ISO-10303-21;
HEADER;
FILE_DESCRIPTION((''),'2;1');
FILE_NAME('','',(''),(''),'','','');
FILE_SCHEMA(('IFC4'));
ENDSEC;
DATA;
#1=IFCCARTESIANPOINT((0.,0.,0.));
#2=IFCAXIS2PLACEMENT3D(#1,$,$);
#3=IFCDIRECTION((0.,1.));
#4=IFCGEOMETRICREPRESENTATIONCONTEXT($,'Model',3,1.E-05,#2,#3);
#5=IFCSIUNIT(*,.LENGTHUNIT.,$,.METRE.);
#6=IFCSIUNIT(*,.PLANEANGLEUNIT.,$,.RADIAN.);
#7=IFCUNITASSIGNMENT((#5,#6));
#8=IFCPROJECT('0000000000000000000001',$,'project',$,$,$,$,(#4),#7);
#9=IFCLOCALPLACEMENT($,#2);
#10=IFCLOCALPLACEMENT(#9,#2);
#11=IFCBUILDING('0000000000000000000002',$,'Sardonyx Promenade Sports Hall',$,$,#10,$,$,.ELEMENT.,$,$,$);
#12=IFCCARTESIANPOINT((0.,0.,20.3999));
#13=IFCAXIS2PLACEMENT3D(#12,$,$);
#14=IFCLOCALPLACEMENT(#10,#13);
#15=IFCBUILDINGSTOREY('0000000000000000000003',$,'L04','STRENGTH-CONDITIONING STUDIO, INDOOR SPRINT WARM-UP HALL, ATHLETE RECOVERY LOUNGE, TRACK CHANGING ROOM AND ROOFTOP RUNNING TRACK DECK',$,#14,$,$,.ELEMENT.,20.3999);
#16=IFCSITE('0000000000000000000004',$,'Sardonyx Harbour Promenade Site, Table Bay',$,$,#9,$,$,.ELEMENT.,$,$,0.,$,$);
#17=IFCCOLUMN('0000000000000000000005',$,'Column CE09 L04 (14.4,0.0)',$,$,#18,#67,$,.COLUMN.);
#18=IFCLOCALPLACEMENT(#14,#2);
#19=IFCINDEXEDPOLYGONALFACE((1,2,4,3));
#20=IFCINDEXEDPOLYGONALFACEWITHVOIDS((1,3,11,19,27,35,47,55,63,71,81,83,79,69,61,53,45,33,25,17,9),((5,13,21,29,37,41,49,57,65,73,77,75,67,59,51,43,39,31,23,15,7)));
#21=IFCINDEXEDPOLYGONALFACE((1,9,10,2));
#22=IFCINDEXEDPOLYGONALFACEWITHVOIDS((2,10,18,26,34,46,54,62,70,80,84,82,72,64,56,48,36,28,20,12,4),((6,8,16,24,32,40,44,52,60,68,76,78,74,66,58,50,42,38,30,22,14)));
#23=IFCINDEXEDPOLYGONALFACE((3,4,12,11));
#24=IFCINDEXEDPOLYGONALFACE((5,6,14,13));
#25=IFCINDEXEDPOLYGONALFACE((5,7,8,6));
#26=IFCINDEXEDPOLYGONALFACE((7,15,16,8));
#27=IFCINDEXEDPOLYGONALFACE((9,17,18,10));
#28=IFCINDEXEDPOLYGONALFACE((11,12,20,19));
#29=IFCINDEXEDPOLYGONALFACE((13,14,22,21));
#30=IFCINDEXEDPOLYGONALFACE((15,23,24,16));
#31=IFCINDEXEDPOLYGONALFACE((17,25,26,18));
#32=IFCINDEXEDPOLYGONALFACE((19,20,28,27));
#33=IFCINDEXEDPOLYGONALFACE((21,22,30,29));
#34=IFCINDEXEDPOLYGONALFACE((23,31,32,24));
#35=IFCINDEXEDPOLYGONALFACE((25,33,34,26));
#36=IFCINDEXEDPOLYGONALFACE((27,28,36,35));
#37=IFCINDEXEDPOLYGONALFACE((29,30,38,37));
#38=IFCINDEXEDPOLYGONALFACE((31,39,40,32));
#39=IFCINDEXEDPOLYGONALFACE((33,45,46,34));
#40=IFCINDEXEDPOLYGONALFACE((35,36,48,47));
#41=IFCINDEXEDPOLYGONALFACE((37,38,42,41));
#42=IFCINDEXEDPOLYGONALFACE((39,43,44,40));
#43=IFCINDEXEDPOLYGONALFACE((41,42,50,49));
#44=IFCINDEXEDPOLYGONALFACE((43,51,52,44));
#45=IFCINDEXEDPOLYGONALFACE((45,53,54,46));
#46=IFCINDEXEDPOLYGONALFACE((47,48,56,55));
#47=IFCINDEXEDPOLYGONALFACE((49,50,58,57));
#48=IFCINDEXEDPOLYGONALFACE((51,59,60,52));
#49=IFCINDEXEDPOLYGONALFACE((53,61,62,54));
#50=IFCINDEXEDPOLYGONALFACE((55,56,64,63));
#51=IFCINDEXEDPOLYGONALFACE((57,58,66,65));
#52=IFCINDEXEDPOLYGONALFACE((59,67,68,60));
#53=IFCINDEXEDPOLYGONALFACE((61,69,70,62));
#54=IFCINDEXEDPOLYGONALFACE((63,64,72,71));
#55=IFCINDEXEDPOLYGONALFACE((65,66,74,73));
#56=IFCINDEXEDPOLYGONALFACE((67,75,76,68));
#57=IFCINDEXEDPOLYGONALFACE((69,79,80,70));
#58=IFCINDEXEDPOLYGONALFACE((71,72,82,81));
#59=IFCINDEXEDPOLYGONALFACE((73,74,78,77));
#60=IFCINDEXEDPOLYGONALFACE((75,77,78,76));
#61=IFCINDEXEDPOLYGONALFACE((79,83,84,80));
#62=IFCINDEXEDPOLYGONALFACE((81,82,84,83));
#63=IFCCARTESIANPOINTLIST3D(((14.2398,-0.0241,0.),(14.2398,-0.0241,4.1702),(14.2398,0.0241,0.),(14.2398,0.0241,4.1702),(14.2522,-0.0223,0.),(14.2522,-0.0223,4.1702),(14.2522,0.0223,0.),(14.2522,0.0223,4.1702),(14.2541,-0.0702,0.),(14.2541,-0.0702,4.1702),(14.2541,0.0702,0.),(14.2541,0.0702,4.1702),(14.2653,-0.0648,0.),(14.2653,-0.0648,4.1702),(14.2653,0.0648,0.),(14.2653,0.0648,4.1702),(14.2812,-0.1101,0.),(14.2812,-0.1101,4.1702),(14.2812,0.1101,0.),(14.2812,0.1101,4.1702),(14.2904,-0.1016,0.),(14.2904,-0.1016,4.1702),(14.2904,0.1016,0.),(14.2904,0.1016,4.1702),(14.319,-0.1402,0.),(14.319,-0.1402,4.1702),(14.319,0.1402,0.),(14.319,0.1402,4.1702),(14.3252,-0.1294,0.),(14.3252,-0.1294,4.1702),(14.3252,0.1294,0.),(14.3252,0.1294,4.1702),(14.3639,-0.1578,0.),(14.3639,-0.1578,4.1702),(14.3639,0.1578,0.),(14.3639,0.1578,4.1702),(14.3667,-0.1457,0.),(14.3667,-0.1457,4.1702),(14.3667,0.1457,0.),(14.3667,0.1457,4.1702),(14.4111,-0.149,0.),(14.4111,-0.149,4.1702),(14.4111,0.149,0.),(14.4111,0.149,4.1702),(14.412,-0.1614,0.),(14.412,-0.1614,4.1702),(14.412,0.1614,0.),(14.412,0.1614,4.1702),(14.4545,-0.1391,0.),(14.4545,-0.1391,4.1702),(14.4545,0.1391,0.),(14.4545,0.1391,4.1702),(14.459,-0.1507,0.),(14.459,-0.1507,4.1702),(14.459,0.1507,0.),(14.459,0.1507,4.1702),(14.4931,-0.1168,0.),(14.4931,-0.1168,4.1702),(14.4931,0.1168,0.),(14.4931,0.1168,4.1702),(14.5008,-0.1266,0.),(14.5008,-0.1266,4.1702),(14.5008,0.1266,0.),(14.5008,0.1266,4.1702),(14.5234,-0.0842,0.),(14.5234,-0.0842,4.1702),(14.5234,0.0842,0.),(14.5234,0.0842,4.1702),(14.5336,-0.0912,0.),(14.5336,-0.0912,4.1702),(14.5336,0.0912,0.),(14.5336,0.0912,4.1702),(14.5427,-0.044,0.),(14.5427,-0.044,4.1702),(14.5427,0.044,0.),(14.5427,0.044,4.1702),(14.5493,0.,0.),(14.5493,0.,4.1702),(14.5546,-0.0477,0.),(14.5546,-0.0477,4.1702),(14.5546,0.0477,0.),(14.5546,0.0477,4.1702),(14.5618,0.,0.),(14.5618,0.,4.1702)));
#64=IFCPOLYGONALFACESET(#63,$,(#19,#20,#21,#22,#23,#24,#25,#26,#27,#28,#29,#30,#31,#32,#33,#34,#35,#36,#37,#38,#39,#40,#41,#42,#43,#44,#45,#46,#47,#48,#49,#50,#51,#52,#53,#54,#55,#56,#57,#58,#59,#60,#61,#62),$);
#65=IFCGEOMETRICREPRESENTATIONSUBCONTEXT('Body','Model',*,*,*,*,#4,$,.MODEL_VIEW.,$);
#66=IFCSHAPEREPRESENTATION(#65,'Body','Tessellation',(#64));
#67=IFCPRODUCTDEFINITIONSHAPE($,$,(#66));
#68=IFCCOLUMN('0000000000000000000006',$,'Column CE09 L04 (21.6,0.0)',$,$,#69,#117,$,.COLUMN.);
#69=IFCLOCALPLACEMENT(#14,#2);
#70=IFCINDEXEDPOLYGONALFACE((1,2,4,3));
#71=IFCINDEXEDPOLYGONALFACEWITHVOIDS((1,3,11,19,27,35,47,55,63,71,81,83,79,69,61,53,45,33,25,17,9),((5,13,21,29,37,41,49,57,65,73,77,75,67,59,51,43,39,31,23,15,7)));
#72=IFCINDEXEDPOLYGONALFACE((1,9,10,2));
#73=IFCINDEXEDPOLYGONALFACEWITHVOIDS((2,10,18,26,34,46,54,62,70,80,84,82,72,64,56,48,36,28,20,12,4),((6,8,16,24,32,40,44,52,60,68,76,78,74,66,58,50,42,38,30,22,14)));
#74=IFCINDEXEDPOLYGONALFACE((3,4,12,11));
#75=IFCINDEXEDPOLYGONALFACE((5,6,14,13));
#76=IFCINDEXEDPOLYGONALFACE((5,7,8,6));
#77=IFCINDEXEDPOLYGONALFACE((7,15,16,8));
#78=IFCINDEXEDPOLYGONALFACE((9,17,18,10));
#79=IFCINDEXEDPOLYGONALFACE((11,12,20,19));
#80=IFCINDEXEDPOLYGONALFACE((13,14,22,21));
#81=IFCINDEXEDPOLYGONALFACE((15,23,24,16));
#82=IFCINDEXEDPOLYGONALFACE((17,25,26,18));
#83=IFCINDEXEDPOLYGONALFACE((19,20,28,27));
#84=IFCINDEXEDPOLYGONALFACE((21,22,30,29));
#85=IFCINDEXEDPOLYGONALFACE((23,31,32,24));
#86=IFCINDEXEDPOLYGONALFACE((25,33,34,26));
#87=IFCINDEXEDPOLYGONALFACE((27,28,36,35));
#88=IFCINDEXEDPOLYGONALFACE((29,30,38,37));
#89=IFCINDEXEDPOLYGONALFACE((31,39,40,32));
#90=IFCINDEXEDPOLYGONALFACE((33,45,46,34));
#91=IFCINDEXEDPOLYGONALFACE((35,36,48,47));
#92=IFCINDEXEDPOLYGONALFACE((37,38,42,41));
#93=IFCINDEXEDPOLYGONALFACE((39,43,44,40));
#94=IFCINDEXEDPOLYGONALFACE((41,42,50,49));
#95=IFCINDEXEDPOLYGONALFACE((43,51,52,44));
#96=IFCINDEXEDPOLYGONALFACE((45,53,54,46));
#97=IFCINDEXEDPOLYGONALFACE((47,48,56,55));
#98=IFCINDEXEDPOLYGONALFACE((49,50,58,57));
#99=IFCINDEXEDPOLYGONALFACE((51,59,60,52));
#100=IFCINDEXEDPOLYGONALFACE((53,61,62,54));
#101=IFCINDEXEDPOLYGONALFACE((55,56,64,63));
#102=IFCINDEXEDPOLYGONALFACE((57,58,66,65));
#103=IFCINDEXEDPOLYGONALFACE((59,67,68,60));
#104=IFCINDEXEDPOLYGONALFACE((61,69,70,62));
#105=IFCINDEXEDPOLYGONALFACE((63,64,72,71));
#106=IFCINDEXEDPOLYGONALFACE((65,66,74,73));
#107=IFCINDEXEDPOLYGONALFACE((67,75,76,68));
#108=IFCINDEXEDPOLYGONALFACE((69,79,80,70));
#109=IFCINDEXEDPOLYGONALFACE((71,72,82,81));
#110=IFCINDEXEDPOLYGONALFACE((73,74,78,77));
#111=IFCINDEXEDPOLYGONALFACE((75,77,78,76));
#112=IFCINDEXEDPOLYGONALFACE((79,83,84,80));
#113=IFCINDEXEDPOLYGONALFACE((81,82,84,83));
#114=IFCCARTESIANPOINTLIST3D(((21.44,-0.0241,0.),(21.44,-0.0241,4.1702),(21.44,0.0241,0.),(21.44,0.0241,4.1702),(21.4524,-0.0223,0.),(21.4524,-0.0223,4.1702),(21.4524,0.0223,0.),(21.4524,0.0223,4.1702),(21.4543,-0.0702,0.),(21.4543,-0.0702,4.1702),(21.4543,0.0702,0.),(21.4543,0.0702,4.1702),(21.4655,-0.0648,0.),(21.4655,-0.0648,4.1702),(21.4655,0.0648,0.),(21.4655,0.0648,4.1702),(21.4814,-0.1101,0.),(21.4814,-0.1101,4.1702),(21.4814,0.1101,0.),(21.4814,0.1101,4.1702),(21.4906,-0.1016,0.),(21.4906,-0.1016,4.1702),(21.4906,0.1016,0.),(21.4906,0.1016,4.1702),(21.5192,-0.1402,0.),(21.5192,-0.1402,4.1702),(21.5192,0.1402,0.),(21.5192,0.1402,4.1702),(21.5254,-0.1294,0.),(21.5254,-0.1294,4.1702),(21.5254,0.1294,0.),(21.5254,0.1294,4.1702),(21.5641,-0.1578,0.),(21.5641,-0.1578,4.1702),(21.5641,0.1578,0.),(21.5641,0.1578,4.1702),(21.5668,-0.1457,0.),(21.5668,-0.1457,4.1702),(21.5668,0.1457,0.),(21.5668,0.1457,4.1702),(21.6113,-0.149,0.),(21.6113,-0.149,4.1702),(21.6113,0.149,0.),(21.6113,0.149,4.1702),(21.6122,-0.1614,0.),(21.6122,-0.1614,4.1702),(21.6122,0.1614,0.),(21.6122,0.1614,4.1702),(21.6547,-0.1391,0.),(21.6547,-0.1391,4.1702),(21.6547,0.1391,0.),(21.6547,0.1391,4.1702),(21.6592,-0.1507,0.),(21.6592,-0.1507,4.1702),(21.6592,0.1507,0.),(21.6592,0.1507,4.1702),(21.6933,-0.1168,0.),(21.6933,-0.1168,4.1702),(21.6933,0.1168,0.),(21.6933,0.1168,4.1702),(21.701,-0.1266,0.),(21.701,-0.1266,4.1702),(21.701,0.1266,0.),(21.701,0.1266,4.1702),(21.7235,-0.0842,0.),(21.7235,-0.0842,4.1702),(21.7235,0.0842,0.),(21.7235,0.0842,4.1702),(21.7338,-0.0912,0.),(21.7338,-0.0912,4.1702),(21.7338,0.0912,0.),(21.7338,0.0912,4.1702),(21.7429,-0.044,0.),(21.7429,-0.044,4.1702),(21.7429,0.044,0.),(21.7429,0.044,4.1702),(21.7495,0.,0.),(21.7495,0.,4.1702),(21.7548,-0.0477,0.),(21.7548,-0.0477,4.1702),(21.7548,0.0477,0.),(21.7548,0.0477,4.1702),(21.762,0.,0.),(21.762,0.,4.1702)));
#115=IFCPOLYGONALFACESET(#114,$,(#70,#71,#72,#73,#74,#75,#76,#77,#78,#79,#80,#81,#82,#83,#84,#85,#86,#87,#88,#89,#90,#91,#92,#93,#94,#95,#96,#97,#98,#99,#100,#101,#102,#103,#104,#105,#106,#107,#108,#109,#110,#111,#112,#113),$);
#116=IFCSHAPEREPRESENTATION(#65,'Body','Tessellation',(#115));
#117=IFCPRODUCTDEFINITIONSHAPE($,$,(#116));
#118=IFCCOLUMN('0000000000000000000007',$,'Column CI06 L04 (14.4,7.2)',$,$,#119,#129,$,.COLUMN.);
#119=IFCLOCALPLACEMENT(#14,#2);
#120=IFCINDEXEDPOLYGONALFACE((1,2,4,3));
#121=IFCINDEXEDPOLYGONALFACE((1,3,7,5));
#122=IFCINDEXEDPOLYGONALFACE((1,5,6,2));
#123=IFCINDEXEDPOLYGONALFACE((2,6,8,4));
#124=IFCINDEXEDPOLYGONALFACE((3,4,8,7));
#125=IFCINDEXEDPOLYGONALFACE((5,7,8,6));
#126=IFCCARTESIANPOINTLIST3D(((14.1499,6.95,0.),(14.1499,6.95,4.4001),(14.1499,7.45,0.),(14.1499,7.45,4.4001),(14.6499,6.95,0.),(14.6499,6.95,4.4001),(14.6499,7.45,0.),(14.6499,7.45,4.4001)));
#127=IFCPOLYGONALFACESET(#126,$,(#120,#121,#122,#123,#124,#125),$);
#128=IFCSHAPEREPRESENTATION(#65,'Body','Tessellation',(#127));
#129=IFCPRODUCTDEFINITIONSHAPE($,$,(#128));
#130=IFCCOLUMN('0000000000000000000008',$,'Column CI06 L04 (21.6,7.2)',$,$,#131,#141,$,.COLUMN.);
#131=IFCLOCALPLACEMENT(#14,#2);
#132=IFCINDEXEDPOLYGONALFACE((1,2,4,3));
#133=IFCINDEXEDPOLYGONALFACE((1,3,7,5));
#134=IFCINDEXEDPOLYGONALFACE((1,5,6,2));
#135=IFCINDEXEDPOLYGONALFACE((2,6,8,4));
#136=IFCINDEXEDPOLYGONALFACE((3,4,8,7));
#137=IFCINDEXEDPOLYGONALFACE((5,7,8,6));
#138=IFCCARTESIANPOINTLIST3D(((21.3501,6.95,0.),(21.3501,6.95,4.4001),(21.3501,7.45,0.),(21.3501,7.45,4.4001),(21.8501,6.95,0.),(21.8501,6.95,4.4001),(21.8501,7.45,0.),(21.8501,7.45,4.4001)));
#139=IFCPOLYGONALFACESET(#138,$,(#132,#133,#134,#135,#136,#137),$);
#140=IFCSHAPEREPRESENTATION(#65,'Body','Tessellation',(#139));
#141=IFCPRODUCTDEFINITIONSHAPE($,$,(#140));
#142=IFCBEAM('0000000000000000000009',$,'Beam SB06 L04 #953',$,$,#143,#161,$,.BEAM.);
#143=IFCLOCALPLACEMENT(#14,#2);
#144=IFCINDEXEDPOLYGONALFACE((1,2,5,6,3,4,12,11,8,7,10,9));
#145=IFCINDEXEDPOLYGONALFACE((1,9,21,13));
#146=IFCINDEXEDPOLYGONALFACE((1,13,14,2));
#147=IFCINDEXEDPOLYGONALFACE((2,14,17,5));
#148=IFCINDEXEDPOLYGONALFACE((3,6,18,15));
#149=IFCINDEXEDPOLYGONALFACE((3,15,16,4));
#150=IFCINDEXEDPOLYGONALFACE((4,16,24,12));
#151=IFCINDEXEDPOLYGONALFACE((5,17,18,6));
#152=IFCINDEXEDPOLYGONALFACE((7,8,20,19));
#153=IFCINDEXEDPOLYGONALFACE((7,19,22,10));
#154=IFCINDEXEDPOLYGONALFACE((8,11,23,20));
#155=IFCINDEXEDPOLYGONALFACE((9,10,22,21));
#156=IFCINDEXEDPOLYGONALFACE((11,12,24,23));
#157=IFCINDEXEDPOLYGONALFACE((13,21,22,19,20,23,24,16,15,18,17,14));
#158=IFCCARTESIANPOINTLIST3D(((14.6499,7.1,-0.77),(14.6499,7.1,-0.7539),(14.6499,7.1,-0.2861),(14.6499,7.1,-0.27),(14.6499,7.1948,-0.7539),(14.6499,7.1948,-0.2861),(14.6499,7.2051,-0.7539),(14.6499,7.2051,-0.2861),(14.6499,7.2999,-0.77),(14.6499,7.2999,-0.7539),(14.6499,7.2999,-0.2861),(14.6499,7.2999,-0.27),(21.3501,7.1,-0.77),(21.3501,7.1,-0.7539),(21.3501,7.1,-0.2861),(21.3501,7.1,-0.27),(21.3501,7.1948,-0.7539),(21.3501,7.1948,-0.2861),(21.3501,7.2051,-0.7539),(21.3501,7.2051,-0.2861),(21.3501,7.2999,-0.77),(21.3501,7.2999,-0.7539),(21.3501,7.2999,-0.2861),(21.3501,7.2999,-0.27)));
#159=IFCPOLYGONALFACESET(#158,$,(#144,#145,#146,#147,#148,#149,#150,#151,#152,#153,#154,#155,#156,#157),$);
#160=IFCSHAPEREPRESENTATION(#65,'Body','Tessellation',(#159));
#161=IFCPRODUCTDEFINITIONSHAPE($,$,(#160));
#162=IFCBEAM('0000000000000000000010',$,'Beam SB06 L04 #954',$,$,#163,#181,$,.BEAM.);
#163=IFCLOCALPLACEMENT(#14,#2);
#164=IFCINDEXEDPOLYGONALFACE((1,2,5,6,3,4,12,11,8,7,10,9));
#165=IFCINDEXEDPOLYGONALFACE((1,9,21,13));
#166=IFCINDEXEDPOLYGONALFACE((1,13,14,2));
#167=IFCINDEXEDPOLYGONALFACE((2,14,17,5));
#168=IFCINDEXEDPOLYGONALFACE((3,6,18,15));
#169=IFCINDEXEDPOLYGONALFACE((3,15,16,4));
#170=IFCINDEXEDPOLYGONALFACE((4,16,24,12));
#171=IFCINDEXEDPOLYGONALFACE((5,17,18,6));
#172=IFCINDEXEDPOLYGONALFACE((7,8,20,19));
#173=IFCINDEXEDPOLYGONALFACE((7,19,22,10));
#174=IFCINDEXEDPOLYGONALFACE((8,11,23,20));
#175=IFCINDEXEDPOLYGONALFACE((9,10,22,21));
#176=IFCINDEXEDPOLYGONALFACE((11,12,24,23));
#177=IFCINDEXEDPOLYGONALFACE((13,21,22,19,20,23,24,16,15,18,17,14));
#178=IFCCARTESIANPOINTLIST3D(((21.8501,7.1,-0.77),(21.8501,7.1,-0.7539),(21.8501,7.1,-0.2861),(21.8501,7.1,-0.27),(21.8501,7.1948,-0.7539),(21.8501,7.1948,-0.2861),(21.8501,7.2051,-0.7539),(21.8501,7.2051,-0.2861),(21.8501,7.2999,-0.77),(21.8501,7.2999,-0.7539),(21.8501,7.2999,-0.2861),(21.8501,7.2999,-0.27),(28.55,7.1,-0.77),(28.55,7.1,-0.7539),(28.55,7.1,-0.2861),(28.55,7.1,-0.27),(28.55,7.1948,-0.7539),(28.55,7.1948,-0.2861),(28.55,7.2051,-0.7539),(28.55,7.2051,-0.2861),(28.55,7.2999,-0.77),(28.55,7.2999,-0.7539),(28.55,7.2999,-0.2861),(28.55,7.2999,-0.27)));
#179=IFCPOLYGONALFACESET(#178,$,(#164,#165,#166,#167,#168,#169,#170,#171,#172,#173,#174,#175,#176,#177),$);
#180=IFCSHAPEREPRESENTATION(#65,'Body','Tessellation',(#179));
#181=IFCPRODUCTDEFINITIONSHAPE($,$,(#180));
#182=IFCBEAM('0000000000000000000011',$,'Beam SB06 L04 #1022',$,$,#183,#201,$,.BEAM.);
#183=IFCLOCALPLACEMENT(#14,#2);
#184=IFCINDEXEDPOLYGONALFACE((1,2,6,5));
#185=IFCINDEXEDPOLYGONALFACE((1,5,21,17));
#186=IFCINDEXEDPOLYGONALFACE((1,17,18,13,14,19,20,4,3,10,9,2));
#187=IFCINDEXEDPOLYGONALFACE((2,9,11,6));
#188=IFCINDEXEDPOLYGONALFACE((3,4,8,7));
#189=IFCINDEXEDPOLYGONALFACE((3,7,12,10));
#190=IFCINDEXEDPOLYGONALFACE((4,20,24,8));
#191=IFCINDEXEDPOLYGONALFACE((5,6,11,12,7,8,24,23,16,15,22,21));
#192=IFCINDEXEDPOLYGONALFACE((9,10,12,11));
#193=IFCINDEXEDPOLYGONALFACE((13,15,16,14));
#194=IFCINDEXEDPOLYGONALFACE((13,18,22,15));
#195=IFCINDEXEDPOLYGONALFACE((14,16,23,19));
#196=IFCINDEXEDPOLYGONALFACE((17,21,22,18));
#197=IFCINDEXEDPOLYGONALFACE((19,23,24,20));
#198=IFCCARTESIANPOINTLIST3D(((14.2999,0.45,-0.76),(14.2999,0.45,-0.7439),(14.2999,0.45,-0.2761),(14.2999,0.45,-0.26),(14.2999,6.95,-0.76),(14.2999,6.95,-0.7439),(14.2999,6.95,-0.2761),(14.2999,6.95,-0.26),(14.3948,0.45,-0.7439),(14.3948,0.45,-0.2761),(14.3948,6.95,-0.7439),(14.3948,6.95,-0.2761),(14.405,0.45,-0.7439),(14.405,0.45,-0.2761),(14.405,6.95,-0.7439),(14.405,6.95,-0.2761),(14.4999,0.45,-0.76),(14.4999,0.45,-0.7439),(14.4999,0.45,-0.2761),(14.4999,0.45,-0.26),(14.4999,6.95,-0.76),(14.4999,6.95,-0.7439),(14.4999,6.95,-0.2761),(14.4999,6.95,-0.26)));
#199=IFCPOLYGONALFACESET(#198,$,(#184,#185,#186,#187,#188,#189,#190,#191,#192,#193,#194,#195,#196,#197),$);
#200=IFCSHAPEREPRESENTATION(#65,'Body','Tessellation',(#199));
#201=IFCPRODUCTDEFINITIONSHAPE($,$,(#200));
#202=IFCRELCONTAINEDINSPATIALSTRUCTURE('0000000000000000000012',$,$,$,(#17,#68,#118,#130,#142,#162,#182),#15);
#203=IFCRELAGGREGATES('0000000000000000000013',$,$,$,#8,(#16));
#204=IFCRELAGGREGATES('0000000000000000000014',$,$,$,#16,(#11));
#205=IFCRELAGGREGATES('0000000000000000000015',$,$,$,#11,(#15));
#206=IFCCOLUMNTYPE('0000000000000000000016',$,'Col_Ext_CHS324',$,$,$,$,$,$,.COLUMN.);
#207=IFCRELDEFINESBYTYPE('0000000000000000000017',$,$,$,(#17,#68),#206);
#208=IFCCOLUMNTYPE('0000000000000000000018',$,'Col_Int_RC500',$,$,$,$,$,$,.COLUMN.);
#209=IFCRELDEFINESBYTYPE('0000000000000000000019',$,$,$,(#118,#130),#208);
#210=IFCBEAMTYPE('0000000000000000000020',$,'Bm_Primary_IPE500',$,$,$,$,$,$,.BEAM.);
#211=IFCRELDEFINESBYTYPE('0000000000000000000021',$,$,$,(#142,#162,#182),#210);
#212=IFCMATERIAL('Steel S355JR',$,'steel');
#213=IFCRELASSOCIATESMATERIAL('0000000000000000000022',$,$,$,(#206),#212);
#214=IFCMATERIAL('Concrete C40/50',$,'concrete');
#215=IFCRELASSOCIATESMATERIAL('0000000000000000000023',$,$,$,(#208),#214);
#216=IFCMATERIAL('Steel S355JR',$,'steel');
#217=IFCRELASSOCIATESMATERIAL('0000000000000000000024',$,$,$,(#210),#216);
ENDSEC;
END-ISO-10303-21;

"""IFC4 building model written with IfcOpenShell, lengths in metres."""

from ifc_helpers import new_model, si_unit, direction, frame, origin, origin_2d, place, context, subcontext, project, spatial, rectangle, hollow_circle, i_section, extrude, material, material_profile, profile_set, type_object, element, save


model = new_model("IFC4")

# Units and contexts
model_context = context("Model", 3, precision=1e-05, world=origin(), true_north=direction((0.0, 1.0)))
body_context = subcontext(model_context, "Body", "Model", "MODEL_VIEW")
ifc_project = project(units=[si_unit("LENGTHUNIT", "METRE"), si_unit("PLANEANGLEUNIT", "RADIAN")], contexts=[model_context])

# Site, building, storey
site_placement = place(None, origin())
site = spatial("IfcSite", under=ifc_project, at=site_placement, Name="Sardonyx Harbour Promenade Site, Table Bay", CompositionType="ELEMENT", RefElevation=0.0)
building_placement = place(site_placement, origin())
building = spatial("IfcBuilding", under=site, at=building_placement, Name="Sardonyx Promenade Sports Hall", CompositionType="ELEMENT")
storey_placement = place(building_placement, frame((0.0, 0.0, 20.3999)))
storey = spatial("IfcBuildingStorey", under=building, at=storey_placement, Name="L04", Description="STRENGTH-CONDITIONING STUDIO, INDOOR SPRINT WARM-UP HALL, ATHLETE RECOVERY LOUNGE, TRACK CHANGING ROOM AND ROOFTOP RUNNING TRACK DECK", CompositionType="ELEMENT", Elevation=20.3999)

# Columns
ifc_material_1 = material(Name="Steel S355JR", Category="steel")
ifc_material_profile_1 = material_profile(ifc_material_1, hollow_circle(Radius=0.1619, WallThickness=0.0125, at=origin_2d()))
ifc_profile_set_1 = profile_set([ifc_material_profile_1], Name="Steel S355JR")
column_type_1 = type_object("IfcColumnType", Name="Col_Ext_CHS324", PredefinedType="COLUMN", material=ifc_profile_set_1)
for number, where, z_axis, x_axis, name in (
    (1, (14.3999, 0.0, 0.0), (0.0, 0.0, 1.0), (1.0, 0.0, 0.0), "Column CE09 L04 (14.4,0.0)"),
    (2, (21.6001, 0.0, 0.0), (0.0, 0.0, 1.0), (1.0, 0.0, 0.0), "Column CE09 L04 (21.6,0.0)"),
):
    element("IfcColumn", number, at=place(storey_placement, frame(where, z_axis=z_axis, x_axis=x_axis)), inside=storey, type_object=column_type_1, Name=name, PredefinedType="COLUMN", context=body_context, shape_type="SweptSolid", body=[
        extrude(hollow_circle(Radius=0.1619, WallThickness=0.0125, at=origin_2d()), origin(), (0.0, 0.0, 1.0), 4.1702),
    ])
ifc_material_2 = material(Name="Concrete C40/50", Category="concrete")
ifc_material_profile_2 = material_profile(ifc_material_2, rectangle(XDim=0.5, YDim=0.5, at=origin_2d()))
ifc_profile_set_2 = profile_set([ifc_material_profile_2], Name="Concrete C40/50")
column_type_2 = type_object("IfcColumnType", Name="Col_Int_RC500", PredefinedType="COLUMN", material=ifc_profile_set_2)
for number, where, z_axis, x_axis, name in (
    (3, (14.3999, 7.2, 0.0), (0.0, 0.0, 1.0), (1.0, 0.0, 0.0), "Column CI06 L04 (14.4,7.2)"),
    (4, (21.6001, 7.2, 0.0), (0.0, 0.0, 1.0), (1.0, 0.0, 0.0), "Column CI06 L04 (21.6,7.2)"),
):
    element("IfcColumn", number, at=place(storey_placement, frame(where, z_axis=z_axis, x_axis=x_axis)), inside=storey, type_object=column_type_2, Name=name, PredefinedType="COLUMN", context=body_context, shape_type="SweptSolid", body=[
        extrude(rectangle(XDim=0.5, YDim=0.5, at=origin_2d()), origin(), (0.0, 0.0, 1.0), 4.4001),
    ])

# Beams
ifc_material_3 = material(Name="Steel S355JR", Category="steel")
ifc_material_profile_3 = material_profile(ifc_material_3, i_section(OverallWidth=0.2, OverallDepth=0.5, WebThickness=0.0103, FlangeThickness=0.0161, at=origin_2d()))
ifc_profile_set_3 = profile_set([ifc_material_profile_3], Name="Steel S355JR")
beam_type_1 = type_object("IfcBeamType", Name="Bm_Primary_IPE500", PredefinedType="BEAM", material=ifc_profile_set_3)
beam_1_placement = place(storey_placement, frame((14.6499, 7.2, -0.52), z_axis=(1.0, 0.0, 0.0), x_axis=(0.0, 1.0, 0.0)))
element("IfcBeam", 5, at=beam_1_placement, inside=storey, type_object=beam_type_1, Name="Beam SB06 L04 #953", PredefinedType="BEAM", context=body_context, shape_type="SweptSolid", body=[
    extrude(i_section(OverallWidth=0.2, OverallDepth=0.5, WebThickness=0.0103, FlangeThickness=0.0161, at=origin_2d()), origin(), (0.0, 0.0, 1.0), 6.7002),
])
beam_2_placement = place(storey_placement, frame((21.8501, 7.2, -0.52), z_axis=(1.0, 0.0, 0.0), x_axis=(0.0, 1.0, 0.0)))
element("IfcBeam", 6, at=beam_2_placement, inside=storey, type_object=beam_type_1, Name="Beam SB06 L04 #954", PredefinedType="BEAM", context=body_context, shape_type="SweptSolid", body=[
    extrude(i_section(OverallWidth=0.2, OverallDepth=0.5, WebThickness=0.0103, FlangeThickness=0.0161, at=origin_2d()), origin(), (0.0, 0.0, 1.0), 6.7),
])
beam_3_placement = place(storey_placement, frame((14.3999, 0.45, -0.51), z_axis=(0.0, 1.0, 0.0), x_axis=(-1.0, 0.0, 0.0)))
element("IfcBeam", 7, at=beam_3_placement, inside=storey, type_object=beam_type_1, Name="Beam SB06 L04 #1022", PredefinedType="BEAM", context=body_context, shape_type="SweptSolid", body=[
    extrude(i_section(OverallWidth=0.2, OverallDepth=0.5, WebThickness=0.0103, FlangeThickness=0.0161, at=origin_2d()), origin(), (0.0, 0.0, 1.0), 6.5),
])

save(model, "model.ifc")
